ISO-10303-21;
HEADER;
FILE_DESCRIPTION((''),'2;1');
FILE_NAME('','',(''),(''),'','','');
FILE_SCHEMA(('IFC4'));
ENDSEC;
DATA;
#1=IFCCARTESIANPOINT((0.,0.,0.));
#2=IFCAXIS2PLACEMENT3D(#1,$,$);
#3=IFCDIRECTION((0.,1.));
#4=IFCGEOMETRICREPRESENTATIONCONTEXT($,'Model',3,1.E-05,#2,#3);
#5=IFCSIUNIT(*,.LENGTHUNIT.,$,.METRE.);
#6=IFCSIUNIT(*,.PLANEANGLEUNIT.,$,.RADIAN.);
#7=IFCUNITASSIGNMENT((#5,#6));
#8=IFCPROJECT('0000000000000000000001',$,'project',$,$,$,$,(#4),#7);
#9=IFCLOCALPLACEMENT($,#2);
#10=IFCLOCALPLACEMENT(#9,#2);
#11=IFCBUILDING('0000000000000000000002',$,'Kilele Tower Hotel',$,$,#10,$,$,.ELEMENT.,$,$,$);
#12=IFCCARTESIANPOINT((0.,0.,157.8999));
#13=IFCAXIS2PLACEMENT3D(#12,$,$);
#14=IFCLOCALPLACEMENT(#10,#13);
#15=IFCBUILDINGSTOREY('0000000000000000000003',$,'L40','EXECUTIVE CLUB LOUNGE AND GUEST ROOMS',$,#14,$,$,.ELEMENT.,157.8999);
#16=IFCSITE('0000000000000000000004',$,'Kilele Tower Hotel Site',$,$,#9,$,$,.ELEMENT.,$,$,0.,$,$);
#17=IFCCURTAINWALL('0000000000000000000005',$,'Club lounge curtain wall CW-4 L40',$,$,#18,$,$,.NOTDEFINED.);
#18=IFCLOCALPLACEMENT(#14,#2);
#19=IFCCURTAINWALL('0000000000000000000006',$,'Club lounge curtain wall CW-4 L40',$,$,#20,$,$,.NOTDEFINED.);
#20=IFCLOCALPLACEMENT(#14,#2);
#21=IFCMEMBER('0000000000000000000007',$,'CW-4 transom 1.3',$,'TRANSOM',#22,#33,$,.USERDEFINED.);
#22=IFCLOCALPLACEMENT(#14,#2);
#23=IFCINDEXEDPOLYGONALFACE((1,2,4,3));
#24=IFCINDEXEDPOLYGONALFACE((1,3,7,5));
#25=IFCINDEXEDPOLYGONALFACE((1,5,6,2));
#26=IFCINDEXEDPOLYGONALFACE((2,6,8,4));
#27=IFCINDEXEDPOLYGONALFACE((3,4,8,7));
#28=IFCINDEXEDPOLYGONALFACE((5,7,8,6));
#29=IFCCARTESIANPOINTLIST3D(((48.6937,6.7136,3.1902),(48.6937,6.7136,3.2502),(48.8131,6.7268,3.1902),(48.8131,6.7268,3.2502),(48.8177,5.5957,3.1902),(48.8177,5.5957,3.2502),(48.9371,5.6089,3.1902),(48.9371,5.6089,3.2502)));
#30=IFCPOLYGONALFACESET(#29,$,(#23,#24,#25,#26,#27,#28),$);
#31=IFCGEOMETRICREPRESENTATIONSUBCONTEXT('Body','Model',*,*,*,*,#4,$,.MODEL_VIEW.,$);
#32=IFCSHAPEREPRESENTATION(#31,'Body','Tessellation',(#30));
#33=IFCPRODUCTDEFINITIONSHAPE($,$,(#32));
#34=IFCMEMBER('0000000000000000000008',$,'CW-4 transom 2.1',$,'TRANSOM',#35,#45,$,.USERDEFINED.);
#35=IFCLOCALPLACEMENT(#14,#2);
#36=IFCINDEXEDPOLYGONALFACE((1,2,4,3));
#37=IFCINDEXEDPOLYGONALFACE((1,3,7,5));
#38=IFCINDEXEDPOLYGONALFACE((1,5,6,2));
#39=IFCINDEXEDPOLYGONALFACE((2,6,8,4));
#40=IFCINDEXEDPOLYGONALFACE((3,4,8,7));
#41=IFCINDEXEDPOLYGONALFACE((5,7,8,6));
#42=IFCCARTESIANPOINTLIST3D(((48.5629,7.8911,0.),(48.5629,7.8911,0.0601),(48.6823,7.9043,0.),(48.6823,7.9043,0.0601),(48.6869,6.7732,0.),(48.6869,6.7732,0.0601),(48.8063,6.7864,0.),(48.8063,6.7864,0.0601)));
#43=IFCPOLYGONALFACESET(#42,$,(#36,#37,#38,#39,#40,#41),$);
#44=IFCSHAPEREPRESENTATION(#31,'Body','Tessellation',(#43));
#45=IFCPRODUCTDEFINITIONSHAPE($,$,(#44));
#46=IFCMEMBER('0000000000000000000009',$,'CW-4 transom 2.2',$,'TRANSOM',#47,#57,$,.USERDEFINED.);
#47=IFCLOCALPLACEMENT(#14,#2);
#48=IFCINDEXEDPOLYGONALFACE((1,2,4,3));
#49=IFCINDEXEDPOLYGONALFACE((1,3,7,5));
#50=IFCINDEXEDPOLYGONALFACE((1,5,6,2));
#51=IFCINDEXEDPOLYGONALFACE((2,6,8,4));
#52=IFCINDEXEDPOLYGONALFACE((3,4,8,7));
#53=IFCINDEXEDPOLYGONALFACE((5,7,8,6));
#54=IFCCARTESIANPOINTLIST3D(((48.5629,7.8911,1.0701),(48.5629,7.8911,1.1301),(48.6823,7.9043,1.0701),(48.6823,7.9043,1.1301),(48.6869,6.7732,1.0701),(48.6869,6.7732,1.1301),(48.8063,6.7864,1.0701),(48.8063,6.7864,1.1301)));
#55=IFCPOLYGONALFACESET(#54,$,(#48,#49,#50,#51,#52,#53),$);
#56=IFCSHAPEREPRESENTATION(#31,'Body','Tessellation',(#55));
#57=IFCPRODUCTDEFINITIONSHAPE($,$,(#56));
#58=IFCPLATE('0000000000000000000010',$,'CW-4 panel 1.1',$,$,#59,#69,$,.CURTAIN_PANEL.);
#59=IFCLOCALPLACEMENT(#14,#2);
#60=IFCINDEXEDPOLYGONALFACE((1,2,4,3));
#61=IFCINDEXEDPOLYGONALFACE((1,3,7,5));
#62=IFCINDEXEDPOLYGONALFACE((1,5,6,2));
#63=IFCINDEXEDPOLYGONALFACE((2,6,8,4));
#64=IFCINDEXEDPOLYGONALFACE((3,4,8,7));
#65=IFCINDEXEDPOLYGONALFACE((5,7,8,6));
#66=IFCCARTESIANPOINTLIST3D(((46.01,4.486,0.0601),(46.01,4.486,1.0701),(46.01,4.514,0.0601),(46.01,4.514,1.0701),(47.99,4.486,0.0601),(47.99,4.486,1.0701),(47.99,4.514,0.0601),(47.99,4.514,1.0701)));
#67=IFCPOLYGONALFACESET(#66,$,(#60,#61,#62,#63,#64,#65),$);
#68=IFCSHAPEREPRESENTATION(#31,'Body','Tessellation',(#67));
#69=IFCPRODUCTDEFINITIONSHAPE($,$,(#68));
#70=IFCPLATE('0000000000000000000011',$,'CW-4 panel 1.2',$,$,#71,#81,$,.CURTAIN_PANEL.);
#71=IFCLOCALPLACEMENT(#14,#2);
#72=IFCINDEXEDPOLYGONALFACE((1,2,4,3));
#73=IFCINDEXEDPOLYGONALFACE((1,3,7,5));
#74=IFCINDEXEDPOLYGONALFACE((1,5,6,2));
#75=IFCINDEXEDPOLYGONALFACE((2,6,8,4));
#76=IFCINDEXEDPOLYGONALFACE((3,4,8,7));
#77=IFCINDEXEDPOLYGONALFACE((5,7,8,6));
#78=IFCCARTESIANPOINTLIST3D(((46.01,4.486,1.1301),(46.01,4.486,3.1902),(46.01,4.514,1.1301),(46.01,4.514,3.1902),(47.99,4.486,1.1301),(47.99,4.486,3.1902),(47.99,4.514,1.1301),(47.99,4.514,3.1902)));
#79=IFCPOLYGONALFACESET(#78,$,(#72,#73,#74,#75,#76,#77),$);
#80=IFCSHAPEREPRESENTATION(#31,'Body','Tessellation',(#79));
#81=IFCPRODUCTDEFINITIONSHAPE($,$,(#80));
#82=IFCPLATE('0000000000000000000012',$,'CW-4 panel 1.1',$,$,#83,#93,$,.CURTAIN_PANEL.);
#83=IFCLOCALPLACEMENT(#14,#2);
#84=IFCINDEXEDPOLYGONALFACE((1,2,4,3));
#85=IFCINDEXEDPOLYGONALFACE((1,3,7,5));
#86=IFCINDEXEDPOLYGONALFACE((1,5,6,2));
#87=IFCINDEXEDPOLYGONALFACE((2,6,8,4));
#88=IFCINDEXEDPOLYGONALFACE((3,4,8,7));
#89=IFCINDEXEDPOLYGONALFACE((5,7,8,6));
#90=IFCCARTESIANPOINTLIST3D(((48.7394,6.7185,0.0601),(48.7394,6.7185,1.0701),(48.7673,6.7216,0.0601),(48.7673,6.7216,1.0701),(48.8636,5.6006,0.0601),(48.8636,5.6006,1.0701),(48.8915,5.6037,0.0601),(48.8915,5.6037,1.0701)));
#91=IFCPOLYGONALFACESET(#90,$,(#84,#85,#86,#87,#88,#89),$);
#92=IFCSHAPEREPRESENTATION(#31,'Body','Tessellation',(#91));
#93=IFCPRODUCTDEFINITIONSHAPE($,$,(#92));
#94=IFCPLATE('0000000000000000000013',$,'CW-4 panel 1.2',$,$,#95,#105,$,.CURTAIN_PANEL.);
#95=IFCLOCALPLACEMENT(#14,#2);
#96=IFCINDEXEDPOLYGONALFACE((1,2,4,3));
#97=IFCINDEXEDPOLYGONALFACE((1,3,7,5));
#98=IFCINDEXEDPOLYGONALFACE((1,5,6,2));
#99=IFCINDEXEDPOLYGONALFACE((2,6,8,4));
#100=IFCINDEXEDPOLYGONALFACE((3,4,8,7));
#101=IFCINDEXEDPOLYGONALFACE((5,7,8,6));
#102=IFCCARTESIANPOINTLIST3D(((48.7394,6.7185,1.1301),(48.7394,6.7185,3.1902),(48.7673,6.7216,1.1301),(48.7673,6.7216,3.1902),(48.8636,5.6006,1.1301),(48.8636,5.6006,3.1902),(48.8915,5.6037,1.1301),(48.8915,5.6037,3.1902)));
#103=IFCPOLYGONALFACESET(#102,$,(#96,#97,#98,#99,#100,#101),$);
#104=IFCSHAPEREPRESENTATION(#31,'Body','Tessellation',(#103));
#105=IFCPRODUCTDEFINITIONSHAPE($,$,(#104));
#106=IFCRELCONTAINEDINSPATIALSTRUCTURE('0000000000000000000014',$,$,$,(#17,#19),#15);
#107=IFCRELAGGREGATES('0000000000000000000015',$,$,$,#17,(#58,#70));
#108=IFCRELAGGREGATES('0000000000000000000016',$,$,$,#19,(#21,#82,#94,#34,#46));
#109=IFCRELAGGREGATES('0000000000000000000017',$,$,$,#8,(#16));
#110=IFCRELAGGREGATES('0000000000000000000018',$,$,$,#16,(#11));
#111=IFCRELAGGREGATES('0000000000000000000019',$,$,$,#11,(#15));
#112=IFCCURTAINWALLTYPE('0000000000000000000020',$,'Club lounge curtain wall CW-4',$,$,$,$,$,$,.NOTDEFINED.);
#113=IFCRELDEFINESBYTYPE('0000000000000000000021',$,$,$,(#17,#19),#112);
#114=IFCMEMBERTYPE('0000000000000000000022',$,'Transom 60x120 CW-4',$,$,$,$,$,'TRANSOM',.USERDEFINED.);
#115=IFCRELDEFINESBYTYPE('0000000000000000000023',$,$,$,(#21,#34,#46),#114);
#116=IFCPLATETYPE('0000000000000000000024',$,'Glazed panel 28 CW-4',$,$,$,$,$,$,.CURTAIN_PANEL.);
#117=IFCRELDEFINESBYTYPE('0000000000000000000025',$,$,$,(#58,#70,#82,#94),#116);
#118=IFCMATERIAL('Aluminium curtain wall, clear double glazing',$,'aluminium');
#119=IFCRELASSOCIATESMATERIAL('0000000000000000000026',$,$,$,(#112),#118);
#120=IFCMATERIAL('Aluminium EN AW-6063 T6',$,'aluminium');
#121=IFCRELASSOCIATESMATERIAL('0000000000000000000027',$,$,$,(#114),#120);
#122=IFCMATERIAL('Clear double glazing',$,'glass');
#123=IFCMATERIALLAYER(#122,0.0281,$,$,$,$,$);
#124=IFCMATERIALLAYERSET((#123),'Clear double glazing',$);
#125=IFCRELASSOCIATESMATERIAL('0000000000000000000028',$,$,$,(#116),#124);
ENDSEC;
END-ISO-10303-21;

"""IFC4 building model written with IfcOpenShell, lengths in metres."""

from ifc_helpers import new_model, si_unit, direction, frame, origin, origin_2d, place, context, subcontext, project, spatial, rectangle, extrude, material, layer, layer_set, material_profile, profile_set, type_object, element, aggregate, save


model = new_model("IFC4")

# Units and contexts
model_context = context("Model", 3, precision=1e-05, world=origin(), true_north=direction((0.0, 1.0)))
body_context = subcontext(model_context, "Body", "Model", "MODEL_VIEW")
ifc_project = project(units=[si_unit("LENGTHUNIT", "METRE"), si_unit("PLANEANGLEUNIT", "RADIAN")], contexts=[model_context])

# Site, building, storey
site_placement = place(None, origin())
site = spatial("IfcSite", under=ifc_project, at=site_placement, Name="Kilele Tower Hotel Site", CompositionType="ELEMENT", RefElevation=0.0)
building_placement = place(site_placement, origin())
building = spatial("IfcBuilding", under=site, at=building_placement, Name="Kilele Tower Hotel", CompositionType="ELEMENT")
storey_placement = place(building_placement, frame((0.0, 0.0, 157.8999)))
storey = spatial("IfcBuildingStorey", under=building, at=storey_placement, Name="L40", Description="EXECUTIVE CLUB LOUNGE AND GUEST ROOMS", CompositionType="ELEMENT", Elevation=157.8999)

# Curtain walls
ifc_material_1 = material(Name="Aluminium curtain wall, clear double glazing", Category="aluminium")
curtain_wall_type = type_object("IfcCurtainWallType", Name="Club lounge curtain wall CW-4", PredefinedType="NOTDEFINED", material=ifc_material_1)
curtain_wall_1_placement = place(storey_placement, origin())
curtain_wall_1 = element("IfcCurtainWall", 1, at=curtain_wall_1_placement, inside=storey, type_object=curtain_wall_type, Name="Club lounge curtain wall CW-4 L40", PredefinedType="NOTDEFINED")
curtain_wall_2_placement = place(storey_placement, origin())
curtain_wall_2 = element("IfcCurtainWall", 2, at=curtain_wall_2_placement, inside=storey, type_object=curtain_wall_type, Name="Club lounge curtain wall CW-4 L40", PredefinedType="NOTDEFINED")

# Members
ifc_material_2 = material(Name="Aluminium EN AW-6063 T6", Category="aluminium")
ifc_material_profile_1 = material_profile(ifc_material_2, rectangle(XDim=0.1201, YDim=0.0601, at=origin_2d()))
ifc_profile_set_1 = profile_set([ifc_material_profile_1], Name="Aluminium EN AW-6063 T6")
member_type_1 = type_object("IfcMemberType", Name="Transom 60x120 CW-4", ElementType="TRANSOM", PredefinedType="USERDEFINED", material=ifc_profile_set_1)
member_1_placement = place(storey_placement, frame((48.8774, 5.6023, 3.2202), z_axis=(-0.110265, 0.993902, 0.0), x_axis=(-0.993902, -0.110265, 0.0)))
member_1 = element("IfcMember", 3, at=member_1_placement, type_object=member_type_1, Name="CW-4 transom 1.3", ObjectType="TRANSOM", PredefinedType="USERDEFINED", context=body_context, shape_type="SweptSolid", body=[
    extrude(rectangle(XDim=0.1201, YDim=0.0601, at=origin_2d()), origin(), (0.0, 0.0, 1.0), 1.1248),
])
member_2_placement = place(storey_placement, frame((48.7466, 6.7798, 0.03), z_axis=(-0.110265, 0.993902, 0.0), x_axis=(-0.993902, -0.110265, 0.0)))
member_2 = element("IfcMember", 4, at=member_2_placement, type_object=member_type_1, Name="CW-4 transom 2.1", ObjectType="TRANSOM", PredefinedType="USERDEFINED", context=body_context, shape_type="SweptSolid", body=[
    extrude(rectangle(XDim=0.1201, YDim=0.0601, at=origin_2d()), origin(), (0.0, 0.0, 1.0), 1.1248),
])
member_3_placement = place(storey_placement, frame((48.7466, 6.7798, 1.1001), z_axis=(-0.110265, 0.993902, 0.0), x_axis=(-0.993902, -0.110265, 0.0)))
member_3 = element("IfcMember", 5, at=member_3_placement, type_object=member_type_1, Name="CW-4 transom 2.2", ObjectType="TRANSOM", PredefinedType="USERDEFINED", context=body_context, shape_type="SweptSolid", body=[
    extrude(rectangle(XDim=0.1201, YDim=0.0601, at=origin_2d()), origin(), (0.0, 0.0, 1.0), 1.1248),
])

# Plates
ifc_material_3 = material(Name="Clear double glazing", Category="glass")
ifc_layer = layer(ifc_material_3, 0.0281)
ifc_layer_set = layer_set([ifc_layer], Name="Clear double glazing")
plate_type = type_object("IfcPlateType", Name="Glazed panel 28 CW-4", PredefinedType="CURTAIN_PANEL", material=ifc_layer_set)
plate_1_placement = place(storey_placement, frame((47.0, 4.5, 0.0601), z_axis=(0.0, 0.0, 1.0), x_axis=(1.0, 0.0, 0.0)))
plate_1 = element("IfcPlate", 6, at=plate_1_placement, type_object=plate_type, Name="CW-4 panel 1.1", PredefinedType="CURTAIN_PANEL", context=body_context, shape_type="SweptSolid", body=[
    extrude(rectangle(XDim=1.98, YDim=0.0281, at=origin_2d()), origin(), (0.0, 0.0, 1.0), 1.01),
])
plate_2_placement = place(storey_placement, frame((47.0, 4.5, 1.1301), z_axis=(0.0, 0.0, 1.0), x_axis=(1.0, 0.0, 0.0)))
plate_2 = element("IfcPlate", 7, at=plate_2_placement, type_object=plate_type, Name="CW-4 panel 1.2", PredefinedType="CURTAIN_PANEL", context=body_context, shape_type="SweptSolid", body=[
    extrude(rectangle(XDim=1.98, YDim=0.0281, at=origin_2d()), origin(), (0.0, 0.0, 1.0), 2.0601),
])
aggregate(curtain_wall_1, [plate_1, plate_2])
plate_3_placement = place(storey_placement, frame((48.8154, 6.1611, 0.0601), z_axis=(0.0, 0.0, 1.0), x_axis=(-0.110432, 0.993884, 0.0)))
plate_3 = element("IfcPlate", 8, at=plate_3_placement, type_object=plate_type, Name="CW-4 panel 1.1", PredefinedType="CURTAIN_PANEL", context=body_context, shape_type="SweptSolid", body=[
    extrude(rectangle(XDim=1.1248, YDim=0.0281, at=origin_2d()), origin(), (0.0, 0.0, 1.0), 1.01),
])
plate_4_placement = place(storey_placement, frame((48.8154, 6.1611, 1.1301), z_axis=(0.0, 0.0, 1.0), x_axis=(-0.110432, 0.993884, 0.0)))
plate_4 = element("IfcPlate", 9, at=plate_4_placement, type_object=plate_type, Name="CW-4 panel 1.2", PredefinedType="CURTAIN_PANEL", context=body_context, shape_type="SweptSolid", body=[
    extrude(rectangle(XDim=1.1248, YDim=0.0281, at=origin_2d()), origin(), (0.0, 0.0, 1.0), 2.0601),
])
aggregate(curtain_wall_2, [member_1, plate_3, plate_4, member_2, member_3])

save(model, "model.ifc")
